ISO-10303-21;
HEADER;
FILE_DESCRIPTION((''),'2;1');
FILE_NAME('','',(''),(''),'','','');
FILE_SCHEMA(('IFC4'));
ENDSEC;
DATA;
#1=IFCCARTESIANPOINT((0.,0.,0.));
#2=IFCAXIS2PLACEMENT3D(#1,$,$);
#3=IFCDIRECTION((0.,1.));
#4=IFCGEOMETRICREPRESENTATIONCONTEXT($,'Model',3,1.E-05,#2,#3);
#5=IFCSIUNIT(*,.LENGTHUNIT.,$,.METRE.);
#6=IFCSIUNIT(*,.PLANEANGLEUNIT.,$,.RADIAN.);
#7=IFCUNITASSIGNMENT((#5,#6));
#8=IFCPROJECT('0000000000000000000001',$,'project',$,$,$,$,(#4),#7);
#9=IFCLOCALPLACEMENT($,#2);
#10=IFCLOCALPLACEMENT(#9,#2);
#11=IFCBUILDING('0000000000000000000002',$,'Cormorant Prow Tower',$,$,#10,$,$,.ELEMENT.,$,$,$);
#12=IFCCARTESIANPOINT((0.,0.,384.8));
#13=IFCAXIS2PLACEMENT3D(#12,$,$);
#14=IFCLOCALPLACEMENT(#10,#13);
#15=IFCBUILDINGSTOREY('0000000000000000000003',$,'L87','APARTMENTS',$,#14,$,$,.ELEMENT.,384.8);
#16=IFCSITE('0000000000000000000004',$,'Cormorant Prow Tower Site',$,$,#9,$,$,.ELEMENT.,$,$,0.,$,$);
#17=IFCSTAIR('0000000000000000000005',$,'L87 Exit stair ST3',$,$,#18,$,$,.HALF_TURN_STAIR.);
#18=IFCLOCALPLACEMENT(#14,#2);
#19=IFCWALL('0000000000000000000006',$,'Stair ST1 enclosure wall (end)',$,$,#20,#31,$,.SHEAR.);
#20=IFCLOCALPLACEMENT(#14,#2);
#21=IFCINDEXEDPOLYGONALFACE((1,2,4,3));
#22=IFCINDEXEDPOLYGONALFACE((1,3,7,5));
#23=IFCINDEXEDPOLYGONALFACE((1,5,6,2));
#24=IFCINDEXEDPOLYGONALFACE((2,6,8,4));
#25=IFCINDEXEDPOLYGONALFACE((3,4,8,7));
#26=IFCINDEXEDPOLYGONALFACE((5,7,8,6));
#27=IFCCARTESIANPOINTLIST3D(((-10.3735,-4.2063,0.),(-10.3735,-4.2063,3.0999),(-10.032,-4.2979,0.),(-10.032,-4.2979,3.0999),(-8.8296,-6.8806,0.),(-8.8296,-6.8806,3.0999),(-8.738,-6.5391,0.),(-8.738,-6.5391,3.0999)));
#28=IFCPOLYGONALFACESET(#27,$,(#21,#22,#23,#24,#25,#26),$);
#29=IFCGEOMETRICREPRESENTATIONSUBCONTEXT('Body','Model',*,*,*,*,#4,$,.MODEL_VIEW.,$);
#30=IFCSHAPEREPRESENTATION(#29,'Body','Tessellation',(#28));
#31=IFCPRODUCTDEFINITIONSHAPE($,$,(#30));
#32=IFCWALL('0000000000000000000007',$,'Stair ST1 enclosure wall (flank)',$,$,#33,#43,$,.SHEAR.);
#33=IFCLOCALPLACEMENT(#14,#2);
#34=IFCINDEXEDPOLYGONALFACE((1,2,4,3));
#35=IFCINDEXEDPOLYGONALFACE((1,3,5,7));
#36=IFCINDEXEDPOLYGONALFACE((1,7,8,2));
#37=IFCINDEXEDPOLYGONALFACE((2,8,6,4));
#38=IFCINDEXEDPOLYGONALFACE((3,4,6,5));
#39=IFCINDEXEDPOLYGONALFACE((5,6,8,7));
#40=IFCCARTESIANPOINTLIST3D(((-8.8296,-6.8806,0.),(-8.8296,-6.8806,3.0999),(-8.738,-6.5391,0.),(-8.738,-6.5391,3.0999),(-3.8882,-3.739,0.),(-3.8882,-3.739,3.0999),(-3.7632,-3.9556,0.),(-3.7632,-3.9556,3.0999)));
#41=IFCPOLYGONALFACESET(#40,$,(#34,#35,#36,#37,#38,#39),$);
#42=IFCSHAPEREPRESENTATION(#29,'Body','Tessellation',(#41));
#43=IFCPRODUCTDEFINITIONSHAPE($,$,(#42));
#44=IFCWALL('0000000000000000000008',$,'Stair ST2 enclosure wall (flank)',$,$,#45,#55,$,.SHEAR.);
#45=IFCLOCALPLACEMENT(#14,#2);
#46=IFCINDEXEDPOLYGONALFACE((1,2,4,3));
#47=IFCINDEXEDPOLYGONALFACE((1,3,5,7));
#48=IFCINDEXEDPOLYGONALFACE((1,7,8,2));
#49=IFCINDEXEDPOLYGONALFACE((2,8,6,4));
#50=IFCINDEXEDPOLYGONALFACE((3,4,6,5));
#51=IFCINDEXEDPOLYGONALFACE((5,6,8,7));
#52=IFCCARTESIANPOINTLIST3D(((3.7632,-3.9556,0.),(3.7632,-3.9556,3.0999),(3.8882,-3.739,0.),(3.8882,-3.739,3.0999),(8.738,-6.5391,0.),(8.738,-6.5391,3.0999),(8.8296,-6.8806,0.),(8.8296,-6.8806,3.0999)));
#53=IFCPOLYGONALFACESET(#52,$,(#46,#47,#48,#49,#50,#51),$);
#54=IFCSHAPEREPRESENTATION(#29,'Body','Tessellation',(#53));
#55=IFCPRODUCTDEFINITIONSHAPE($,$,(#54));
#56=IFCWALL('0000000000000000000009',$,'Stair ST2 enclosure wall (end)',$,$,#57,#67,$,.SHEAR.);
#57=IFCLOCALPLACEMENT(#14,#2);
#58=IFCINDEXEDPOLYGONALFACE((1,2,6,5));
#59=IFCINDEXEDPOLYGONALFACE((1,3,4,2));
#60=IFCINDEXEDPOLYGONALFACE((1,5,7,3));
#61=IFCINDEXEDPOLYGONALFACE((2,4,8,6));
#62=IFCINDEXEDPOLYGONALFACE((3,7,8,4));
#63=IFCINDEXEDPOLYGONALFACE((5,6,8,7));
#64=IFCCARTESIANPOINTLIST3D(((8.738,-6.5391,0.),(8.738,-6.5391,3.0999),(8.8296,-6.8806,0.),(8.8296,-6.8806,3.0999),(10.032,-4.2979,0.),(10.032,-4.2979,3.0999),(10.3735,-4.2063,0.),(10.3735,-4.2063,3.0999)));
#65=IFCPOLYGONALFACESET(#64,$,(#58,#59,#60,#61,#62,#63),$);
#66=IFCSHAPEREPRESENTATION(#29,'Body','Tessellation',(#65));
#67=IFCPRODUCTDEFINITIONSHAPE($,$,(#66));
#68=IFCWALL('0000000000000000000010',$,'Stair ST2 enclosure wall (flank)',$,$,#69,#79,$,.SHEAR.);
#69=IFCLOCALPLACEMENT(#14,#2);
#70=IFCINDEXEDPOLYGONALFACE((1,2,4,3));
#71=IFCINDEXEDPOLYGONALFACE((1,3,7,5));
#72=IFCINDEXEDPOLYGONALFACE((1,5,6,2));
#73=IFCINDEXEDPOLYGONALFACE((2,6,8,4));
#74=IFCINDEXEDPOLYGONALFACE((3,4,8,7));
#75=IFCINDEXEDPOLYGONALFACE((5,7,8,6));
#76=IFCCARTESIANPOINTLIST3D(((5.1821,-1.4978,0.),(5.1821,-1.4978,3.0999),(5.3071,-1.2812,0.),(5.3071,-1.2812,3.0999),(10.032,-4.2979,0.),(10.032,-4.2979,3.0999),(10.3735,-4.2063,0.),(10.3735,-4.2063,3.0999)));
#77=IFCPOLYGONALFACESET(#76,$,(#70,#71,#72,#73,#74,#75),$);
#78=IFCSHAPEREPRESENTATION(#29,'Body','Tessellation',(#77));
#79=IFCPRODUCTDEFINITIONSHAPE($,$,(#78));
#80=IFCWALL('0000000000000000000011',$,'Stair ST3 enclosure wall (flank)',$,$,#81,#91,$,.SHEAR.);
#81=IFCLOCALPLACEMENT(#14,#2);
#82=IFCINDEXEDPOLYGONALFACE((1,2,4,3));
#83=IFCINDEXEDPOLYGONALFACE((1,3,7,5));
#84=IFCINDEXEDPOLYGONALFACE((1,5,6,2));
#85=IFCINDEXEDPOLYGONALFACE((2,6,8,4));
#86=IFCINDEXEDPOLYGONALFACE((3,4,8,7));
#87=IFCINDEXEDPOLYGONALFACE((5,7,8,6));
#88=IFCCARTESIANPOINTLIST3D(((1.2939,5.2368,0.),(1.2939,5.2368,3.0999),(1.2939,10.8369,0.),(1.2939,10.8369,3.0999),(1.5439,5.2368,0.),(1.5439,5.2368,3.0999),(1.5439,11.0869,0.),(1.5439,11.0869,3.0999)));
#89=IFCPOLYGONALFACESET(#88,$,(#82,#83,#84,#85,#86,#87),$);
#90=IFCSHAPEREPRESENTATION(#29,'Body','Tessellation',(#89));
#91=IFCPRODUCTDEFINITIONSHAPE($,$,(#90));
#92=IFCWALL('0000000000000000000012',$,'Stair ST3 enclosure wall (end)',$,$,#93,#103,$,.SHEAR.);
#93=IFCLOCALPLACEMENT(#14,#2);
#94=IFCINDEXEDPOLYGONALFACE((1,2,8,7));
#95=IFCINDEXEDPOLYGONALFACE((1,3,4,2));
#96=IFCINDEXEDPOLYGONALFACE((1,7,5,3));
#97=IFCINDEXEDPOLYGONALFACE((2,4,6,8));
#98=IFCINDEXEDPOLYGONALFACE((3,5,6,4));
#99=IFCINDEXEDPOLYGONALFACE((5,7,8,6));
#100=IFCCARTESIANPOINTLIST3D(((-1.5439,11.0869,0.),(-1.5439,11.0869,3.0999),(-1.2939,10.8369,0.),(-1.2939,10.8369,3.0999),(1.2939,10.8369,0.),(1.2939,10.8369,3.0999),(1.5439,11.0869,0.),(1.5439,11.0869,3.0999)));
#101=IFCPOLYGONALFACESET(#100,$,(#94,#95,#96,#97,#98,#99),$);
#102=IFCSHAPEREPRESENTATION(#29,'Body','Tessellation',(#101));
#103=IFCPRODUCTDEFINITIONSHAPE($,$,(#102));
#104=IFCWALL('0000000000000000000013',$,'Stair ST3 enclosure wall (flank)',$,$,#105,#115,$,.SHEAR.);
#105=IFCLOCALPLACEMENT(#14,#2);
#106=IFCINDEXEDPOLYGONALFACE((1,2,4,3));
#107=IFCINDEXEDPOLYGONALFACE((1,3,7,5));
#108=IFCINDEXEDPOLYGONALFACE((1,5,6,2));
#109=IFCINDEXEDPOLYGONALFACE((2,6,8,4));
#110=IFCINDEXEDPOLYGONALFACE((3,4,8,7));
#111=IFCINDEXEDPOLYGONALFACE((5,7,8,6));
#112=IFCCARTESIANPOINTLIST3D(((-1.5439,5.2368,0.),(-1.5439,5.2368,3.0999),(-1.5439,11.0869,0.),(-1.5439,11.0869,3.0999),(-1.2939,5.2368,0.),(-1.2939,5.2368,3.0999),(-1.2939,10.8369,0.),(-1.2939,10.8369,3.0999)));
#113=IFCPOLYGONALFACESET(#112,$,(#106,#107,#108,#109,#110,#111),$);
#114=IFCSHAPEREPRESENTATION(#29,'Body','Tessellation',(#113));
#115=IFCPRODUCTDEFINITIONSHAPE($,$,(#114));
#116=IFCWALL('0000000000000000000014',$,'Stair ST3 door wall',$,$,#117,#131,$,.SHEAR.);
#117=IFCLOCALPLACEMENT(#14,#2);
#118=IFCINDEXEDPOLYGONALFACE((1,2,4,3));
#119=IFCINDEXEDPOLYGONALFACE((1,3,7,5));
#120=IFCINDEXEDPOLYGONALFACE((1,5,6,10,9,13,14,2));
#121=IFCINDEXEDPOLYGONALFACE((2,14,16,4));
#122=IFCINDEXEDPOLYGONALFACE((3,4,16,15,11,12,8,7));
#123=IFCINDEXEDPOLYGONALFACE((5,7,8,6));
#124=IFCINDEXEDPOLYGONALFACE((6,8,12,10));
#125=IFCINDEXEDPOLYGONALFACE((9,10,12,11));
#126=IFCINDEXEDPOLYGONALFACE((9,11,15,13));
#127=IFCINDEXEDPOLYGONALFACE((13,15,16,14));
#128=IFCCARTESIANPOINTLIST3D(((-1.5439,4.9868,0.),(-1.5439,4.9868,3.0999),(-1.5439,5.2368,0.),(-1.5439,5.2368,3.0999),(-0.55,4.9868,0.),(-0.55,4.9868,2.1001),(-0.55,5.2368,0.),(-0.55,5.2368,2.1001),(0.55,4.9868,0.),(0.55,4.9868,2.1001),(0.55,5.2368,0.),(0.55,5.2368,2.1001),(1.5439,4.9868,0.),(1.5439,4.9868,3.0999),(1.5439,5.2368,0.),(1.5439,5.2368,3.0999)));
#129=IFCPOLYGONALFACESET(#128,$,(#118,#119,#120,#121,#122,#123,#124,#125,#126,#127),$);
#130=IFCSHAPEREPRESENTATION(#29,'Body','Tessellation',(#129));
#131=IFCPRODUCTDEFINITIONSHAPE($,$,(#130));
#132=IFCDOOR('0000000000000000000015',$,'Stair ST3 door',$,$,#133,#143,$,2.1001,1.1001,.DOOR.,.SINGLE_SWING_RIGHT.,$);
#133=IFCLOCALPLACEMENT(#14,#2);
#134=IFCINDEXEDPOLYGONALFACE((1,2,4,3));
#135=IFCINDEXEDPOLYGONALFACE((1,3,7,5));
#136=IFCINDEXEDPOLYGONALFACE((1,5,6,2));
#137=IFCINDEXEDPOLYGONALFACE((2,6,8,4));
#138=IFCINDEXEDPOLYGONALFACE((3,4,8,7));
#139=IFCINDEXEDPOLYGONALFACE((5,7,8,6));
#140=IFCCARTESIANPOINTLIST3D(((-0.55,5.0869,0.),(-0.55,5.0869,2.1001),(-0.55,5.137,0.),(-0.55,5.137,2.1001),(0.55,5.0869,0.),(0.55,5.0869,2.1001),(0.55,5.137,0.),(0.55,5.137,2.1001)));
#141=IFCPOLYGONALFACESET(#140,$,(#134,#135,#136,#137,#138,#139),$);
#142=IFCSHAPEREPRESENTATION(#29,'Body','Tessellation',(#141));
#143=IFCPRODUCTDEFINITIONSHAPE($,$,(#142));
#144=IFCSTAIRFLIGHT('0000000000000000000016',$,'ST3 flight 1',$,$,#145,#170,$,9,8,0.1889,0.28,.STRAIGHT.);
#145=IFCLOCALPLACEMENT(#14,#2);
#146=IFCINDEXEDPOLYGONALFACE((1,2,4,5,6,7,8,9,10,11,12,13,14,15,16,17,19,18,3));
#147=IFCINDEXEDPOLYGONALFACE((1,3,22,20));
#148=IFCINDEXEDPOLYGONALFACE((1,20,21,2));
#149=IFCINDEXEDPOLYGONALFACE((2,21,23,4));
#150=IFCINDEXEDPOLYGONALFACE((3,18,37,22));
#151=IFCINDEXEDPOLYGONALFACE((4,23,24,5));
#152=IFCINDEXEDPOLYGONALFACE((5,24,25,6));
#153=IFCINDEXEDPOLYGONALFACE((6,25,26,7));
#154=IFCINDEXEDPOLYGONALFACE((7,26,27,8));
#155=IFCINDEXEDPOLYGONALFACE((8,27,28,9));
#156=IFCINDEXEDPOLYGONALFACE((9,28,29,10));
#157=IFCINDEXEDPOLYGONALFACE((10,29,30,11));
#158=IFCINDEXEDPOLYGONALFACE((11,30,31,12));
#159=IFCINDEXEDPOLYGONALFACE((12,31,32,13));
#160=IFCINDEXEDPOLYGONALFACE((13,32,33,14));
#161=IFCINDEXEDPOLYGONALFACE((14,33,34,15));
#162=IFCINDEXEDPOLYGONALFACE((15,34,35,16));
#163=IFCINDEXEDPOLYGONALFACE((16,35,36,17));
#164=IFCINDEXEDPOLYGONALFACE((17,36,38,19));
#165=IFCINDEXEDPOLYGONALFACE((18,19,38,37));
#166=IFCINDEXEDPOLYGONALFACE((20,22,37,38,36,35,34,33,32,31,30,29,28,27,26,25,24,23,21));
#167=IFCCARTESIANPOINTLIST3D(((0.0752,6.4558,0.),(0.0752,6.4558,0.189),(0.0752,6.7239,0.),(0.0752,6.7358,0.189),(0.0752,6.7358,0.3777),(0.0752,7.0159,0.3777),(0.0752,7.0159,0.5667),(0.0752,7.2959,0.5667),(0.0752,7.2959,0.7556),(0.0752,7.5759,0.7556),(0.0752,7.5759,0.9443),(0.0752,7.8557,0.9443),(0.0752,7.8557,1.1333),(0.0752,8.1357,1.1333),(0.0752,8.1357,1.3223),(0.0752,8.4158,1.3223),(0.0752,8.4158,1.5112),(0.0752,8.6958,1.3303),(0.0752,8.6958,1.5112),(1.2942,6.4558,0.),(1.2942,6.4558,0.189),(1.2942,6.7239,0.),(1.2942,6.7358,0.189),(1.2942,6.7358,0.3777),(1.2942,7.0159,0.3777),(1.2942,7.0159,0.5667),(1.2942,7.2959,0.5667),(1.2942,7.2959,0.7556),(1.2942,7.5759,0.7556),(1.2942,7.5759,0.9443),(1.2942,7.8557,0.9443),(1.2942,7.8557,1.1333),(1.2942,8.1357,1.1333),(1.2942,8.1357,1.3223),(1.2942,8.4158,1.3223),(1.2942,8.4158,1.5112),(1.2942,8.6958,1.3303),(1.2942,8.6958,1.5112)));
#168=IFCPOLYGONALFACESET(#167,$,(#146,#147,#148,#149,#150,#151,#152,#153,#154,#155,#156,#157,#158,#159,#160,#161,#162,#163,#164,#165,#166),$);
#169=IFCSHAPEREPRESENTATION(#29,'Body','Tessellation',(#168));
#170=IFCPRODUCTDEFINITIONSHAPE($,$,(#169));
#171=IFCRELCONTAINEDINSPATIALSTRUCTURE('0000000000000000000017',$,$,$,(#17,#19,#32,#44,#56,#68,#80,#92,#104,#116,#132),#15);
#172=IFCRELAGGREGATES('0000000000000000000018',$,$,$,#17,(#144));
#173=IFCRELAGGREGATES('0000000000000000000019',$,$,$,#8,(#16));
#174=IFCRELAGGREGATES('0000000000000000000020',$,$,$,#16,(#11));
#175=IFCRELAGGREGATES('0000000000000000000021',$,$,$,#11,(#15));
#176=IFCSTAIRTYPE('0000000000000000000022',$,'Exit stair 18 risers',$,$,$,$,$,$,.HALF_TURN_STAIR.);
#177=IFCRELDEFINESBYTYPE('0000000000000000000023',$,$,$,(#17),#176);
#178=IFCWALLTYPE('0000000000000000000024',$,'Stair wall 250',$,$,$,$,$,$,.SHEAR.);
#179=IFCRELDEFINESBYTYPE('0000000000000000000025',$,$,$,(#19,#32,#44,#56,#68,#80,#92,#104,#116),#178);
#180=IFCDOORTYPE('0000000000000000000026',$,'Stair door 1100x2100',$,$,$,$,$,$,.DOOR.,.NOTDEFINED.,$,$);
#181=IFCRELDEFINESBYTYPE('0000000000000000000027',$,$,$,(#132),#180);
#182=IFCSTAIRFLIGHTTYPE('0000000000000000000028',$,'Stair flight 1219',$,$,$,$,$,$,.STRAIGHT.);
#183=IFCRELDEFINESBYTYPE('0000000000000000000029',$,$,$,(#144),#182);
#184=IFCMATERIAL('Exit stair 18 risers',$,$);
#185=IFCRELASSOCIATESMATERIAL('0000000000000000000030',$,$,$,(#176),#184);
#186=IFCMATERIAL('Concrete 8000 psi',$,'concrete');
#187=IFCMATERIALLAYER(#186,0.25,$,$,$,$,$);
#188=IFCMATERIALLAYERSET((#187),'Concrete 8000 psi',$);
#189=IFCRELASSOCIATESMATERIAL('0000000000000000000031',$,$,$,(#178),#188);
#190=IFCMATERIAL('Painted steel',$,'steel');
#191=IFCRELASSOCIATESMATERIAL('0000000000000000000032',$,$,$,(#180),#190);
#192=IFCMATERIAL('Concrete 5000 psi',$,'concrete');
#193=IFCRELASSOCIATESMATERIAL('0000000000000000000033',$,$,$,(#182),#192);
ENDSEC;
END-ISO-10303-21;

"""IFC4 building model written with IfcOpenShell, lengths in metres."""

from ifc_helpers import new_model, si_unit, direction, frame, frame_2d, origin, place, context, subcontext, project, spatial, polyline, rectangle, outline, extrude, material, layer, layer_set, type_object, element, fill, aggregate, save


model = new_model("IFC4")

# Units and contexts
model_context = context("Model", 3, precision=1e-05, world=origin(), true_north=direction((0.0, 1.0)))
body_context = subcontext(model_context, "Body", "Model", "MODEL_VIEW")
ifc_project = project(units=[si_unit("LENGTHUNIT", "METRE"), si_unit("PLANEANGLEUNIT", "RADIAN")], contexts=[model_context])

# Site, building, storey
site_placement = place(None, origin())
site = spatial("IfcSite", under=ifc_project, at=site_placement, Name="Cormorant Prow Tower Site", CompositionType="ELEMENT", RefElevation=0.0)
building_placement = place(site_placement, origin())
building = spatial("IfcBuilding", under=site, at=building_placement, Name="Cormorant Prow Tower", CompositionType="ELEMENT")
storey_placement = place(building_placement, frame((0.0, 0.0, 384.8)))
storey = spatial("IfcBuildingStorey", under=building, at=storey_placement, Name="L87", Description="APARTMENTS", CompositionType="ELEMENT", Elevation=384.8)

# Stair
ifc_material_1 = material(Name="Exit stair 18 risers")
stair_type = type_object("IfcStairType", Name="Exit stair 18 risers", PredefinedType="HALF_TURN_STAIR", material=ifc_material_1)
stair_1_placement = place(storey_placement, origin())
stair_1 = element("IfcStair", 1, at=stair_1_placement, inside=storey, type_object=stair_type, Name="L87 Exit stair ST3", PredefinedType="HALF_TURN_STAIR")

# Walls
ifc_material_2 = material(Name="Concrete 8000 psi", Category="concrete")
ifc_layer_1 = layer(ifc_material_2, 0.25)
ifc_layer_set_1 = layer_set([ifc_layer_1], Name="Concrete 8000 psi")
wall_type_1 = type_object("IfcWallType", Name="Stair wall 250", PredefinedType="SHEAR", material=ifc_layer_set_1)
wall_1_placement = place(storey_placement, origin())
element("IfcWall", 2, at=wall_1_placement, inside=storey, type_object=wall_type_1, Name="Stair ST1 enclosure wall (end)", PredefinedType="SHEAR", context=body_context, shape_type="SweptSolid", body=[
    extrude(outline(polyline([(-10.3735, -4.2063), (-8.8296, -6.8806), (-8.738, -6.5391), (-10.032, -4.2979), (-10.3735, -4.2063)])), origin(), (0.0, 0.0, 1.0), 3.0999),
])
wall_2_placement = place(storey_placement, origin())
element("IfcWall", 3, at=wall_2_placement, inside=storey, type_object=wall_type_1, Name="Stair ST1 enclosure wall (flank)", PredefinedType="SHEAR", context=body_context, shape_type="SweptSolid", body=[
    extrude(outline(polyline([(-8.738, -6.5391), (-8.8296, -6.8806), (-3.7632, -3.9556), (-3.8882, -3.739), (-8.738, -6.5391)])), origin(), (0.0, 0.0, 1.0), 3.0999),
])
wall_3_placement = place(storey_placement, origin())
element("IfcWall", 4, at=wall_3_placement, inside=storey, type_object=wall_type_1, Name="Stair ST2 enclosure wall (flank)", PredefinedType="SHEAR", context=body_context, shape_type="SweptSolid", body=[
    extrude(outline(polyline([(3.7632, -3.9556), (8.8296, -6.8806), (8.738, -6.5391), (3.8882, -3.739), (3.7632, -3.9556)])), origin(), (0.0, 0.0, 1.0), 3.0999),
])
wall_4_placement = place(storey_placement, origin())
element("IfcWall", 5, at=wall_4_placement, inside=storey, type_object=wall_type_1, Name="Stair ST2 enclosure wall (end)", PredefinedType="SHEAR", context=body_context, shape_type="SweptSolid", body=[
    extrude(outline(polyline([(8.8296, -6.8806), (10.3735, -4.2063), (10.032, -4.2979), (8.738, -6.5391), (8.8296, -6.8806)])), origin(), (0.0, 0.0, 1.0), 3.0999),
])
wall_5_placement = place(storey_placement, origin())
element("IfcWall", 6, at=wall_5_placement, inside=storey, type_object=wall_type_1, Name="Stair ST2 enclosure wall (flank)", PredefinedType="SHEAR", context=body_context, shape_type="SweptSolid", body=[
    extrude(outline(polyline([(10.032, -4.2979), (10.3735, -4.2063), (5.3071, -1.2812), (5.1821, -1.4978), (10.032, -4.2979)])), origin(), (0.0, 0.0, 1.0), 3.0999),
])
wall_6_placement = place(storey_placement, origin())
element("IfcWall", 7, at=wall_6_placement, inside=storey, type_object=wall_type_1, Name="Stair ST3 enclosure wall (flank)", PredefinedType="SHEAR", context=body_context, shape_type="SweptSolid", body=[
    extrude(outline(polyline([(1.5439, 5.2368), (1.5439, 11.0869), (1.2939, 10.8369), (1.2939, 5.2368), (1.5439, 5.2368)])), origin(), (0.0, 0.0, 1.0), 3.0999),
])
wall_7_placement = place(storey_placement, origin())
element("IfcWall", 8, at=wall_7_placement, inside=storey, type_object=wall_type_1, Name="Stair ST3 enclosure wall (end)", PredefinedType="SHEAR", context=body_context, shape_type="SweptSolid", body=[
    extrude(outline(polyline([(1.5439, 11.0869), (-1.5439, 11.0869), (-1.2939, 10.8369), (1.2939, 10.8369), (1.5439, 11.0869)])), origin(), (0.0, 0.0, 1.0), 3.0999),
])
wall_8_placement = place(storey_placement, origin())
element("IfcWall", 9, at=wall_8_placement, inside=storey, type_object=wall_type_1, Name="Stair ST3 enclosure wall (flank)", PredefinedType="SHEAR", context=body_context, shape_type="SweptSolid", body=[
    extrude(outline(polyline([(-1.2939, 10.8369), (-1.5439, 11.0869), (-1.5439, 5.2368), (-1.2939, 5.2368), (-1.2939, 10.8369)])), origin(), (0.0, 0.0, 1.0), 3.0999),
])

# Wall, opening, door
wall_9_placement = place(storey_placement, frame((1.5439, 5.1118, 0.0), z_axis=(0.0, 0.0, 1.0), x_axis=(-1.0, 0.0, 0.0)))
wall_9 = element("IfcWall", 10, at=wall_9_placement, inside=storey, type_object=wall_type_1, Name="Stair ST3 door wall", PredefinedType="SHEAR", context=body_context, shape_type="SweptSolid", body=[
    extrude(rectangle(XDim=3.0879, YDim=0.25, at=frame_2d((1.5439, 0.0))), origin(), (0.0, 0.0, 1.0), 3.0999),
])
opening_placement = place(wall_9_placement, frame((0.9939, 0.0, 0.0)))
opening = element("IfcOpeningElement", 11, at=opening_placement, cuts=wall_9, PredefinedType="OPENING", context=body_context, shape_type="SweptSolid", body=[
    extrude(rectangle(XDim=1.1001, YDim=2.1001, at=frame_2d((0.55, 1.05))), frame((0.0, 0.135, 0.0), z_axis=(0.0, -1.0, 0.0), x_axis=(1.0, 0.0, 0.0)), (0.0, 0.0, 1.0), 0.27),
])
ifc_material_3 = material(Name="Painted steel", Category="steel")
door_type = type_object("IfcDoorType", Name="Stair door 1100x2100", OperationType="NOTDEFINED", PredefinedType="DOOR", material=ifc_material_3)
door_placement = place(opening_placement, origin())
door = element("IfcDoor", 12, at=door_placement, inside=storey, type_object=door_type, Name="Stair ST3 door", OperationType="SINGLE_SWING_RIGHT", OverallHeight=2.1001, OverallWidth=1.1001, PredefinedType="DOOR", context=body_context, shape_type="SweptSolid", body=[
    extrude(rectangle(XDim=1.1001, YDim=2.1001, at=frame_2d((0.55, 1.05))), frame((0.0, 0.0249, 0.0), z_axis=(0.0, -1.0, 0.0), x_axis=(1.0, 0.0, 0.0)), (0.0, 0.0, 1.0), 0.05),
])
fill(opening, door)

# Stair flight
ifc_material_4 = material(Name="Concrete 5000 psi", Category="concrete")
stair_flight_type = type_object("IfcStairFlightType", Name="Stair flight 1219", PredefinedType="STRAIGHT", material=ifc_material_4)
stair_flight_1_placement = place(storey_placement, frame((0.6846, 6.4558, 0.0), z_axis=(0.0, 0.0, 1.0), x_axis=(0.0, 1.0, 0.0)))
stair_flight_1 = element("IfcStairFlight", 13, at=stair_flight_1_placement, type_object=stair_flight_type, Name="ST3 flight 1", NumberOfRisers=9, NumberOfTreads=8, PredefinedType="STRAIGHT", RiserHeight=0.1889, TreadLength=0.28, context=body_context, shape_type="SweptSolid", body=[
    extrude(outline(polyline([(0.0, 0.0), (0.0, 0.189), (0.28, 0.189), (0.28, 0.3777), (0.5601, 0.3777), (0.5601, 0.5667), (0.8401, 0.5667), (0.8401, 0.7556), (1.1201, 0.7556), (1.1201, 0.9443), (1.3999, 0.9443), (1.3999, 1.1333), (1.6799, 1.1333), (1.6799, 1.3223), (1.96, 1.3223), (1.96, 1.5112), (2.24, 1.5112), (2.24, 1.7), (2.24, 1.3303), (0.2681, 0.0), (0.0, 0.0)])), frame((0.0, 0.6094, 0.0), z_axis=(0.0, -1.0, 0.0), x_axis=(1.0, 0.0, 0.0)), (0.0, 0.0, 1.0), 1.219),
])
aggregate(stair_1, [stair_flight_1])

save(model, "model.ifc")
